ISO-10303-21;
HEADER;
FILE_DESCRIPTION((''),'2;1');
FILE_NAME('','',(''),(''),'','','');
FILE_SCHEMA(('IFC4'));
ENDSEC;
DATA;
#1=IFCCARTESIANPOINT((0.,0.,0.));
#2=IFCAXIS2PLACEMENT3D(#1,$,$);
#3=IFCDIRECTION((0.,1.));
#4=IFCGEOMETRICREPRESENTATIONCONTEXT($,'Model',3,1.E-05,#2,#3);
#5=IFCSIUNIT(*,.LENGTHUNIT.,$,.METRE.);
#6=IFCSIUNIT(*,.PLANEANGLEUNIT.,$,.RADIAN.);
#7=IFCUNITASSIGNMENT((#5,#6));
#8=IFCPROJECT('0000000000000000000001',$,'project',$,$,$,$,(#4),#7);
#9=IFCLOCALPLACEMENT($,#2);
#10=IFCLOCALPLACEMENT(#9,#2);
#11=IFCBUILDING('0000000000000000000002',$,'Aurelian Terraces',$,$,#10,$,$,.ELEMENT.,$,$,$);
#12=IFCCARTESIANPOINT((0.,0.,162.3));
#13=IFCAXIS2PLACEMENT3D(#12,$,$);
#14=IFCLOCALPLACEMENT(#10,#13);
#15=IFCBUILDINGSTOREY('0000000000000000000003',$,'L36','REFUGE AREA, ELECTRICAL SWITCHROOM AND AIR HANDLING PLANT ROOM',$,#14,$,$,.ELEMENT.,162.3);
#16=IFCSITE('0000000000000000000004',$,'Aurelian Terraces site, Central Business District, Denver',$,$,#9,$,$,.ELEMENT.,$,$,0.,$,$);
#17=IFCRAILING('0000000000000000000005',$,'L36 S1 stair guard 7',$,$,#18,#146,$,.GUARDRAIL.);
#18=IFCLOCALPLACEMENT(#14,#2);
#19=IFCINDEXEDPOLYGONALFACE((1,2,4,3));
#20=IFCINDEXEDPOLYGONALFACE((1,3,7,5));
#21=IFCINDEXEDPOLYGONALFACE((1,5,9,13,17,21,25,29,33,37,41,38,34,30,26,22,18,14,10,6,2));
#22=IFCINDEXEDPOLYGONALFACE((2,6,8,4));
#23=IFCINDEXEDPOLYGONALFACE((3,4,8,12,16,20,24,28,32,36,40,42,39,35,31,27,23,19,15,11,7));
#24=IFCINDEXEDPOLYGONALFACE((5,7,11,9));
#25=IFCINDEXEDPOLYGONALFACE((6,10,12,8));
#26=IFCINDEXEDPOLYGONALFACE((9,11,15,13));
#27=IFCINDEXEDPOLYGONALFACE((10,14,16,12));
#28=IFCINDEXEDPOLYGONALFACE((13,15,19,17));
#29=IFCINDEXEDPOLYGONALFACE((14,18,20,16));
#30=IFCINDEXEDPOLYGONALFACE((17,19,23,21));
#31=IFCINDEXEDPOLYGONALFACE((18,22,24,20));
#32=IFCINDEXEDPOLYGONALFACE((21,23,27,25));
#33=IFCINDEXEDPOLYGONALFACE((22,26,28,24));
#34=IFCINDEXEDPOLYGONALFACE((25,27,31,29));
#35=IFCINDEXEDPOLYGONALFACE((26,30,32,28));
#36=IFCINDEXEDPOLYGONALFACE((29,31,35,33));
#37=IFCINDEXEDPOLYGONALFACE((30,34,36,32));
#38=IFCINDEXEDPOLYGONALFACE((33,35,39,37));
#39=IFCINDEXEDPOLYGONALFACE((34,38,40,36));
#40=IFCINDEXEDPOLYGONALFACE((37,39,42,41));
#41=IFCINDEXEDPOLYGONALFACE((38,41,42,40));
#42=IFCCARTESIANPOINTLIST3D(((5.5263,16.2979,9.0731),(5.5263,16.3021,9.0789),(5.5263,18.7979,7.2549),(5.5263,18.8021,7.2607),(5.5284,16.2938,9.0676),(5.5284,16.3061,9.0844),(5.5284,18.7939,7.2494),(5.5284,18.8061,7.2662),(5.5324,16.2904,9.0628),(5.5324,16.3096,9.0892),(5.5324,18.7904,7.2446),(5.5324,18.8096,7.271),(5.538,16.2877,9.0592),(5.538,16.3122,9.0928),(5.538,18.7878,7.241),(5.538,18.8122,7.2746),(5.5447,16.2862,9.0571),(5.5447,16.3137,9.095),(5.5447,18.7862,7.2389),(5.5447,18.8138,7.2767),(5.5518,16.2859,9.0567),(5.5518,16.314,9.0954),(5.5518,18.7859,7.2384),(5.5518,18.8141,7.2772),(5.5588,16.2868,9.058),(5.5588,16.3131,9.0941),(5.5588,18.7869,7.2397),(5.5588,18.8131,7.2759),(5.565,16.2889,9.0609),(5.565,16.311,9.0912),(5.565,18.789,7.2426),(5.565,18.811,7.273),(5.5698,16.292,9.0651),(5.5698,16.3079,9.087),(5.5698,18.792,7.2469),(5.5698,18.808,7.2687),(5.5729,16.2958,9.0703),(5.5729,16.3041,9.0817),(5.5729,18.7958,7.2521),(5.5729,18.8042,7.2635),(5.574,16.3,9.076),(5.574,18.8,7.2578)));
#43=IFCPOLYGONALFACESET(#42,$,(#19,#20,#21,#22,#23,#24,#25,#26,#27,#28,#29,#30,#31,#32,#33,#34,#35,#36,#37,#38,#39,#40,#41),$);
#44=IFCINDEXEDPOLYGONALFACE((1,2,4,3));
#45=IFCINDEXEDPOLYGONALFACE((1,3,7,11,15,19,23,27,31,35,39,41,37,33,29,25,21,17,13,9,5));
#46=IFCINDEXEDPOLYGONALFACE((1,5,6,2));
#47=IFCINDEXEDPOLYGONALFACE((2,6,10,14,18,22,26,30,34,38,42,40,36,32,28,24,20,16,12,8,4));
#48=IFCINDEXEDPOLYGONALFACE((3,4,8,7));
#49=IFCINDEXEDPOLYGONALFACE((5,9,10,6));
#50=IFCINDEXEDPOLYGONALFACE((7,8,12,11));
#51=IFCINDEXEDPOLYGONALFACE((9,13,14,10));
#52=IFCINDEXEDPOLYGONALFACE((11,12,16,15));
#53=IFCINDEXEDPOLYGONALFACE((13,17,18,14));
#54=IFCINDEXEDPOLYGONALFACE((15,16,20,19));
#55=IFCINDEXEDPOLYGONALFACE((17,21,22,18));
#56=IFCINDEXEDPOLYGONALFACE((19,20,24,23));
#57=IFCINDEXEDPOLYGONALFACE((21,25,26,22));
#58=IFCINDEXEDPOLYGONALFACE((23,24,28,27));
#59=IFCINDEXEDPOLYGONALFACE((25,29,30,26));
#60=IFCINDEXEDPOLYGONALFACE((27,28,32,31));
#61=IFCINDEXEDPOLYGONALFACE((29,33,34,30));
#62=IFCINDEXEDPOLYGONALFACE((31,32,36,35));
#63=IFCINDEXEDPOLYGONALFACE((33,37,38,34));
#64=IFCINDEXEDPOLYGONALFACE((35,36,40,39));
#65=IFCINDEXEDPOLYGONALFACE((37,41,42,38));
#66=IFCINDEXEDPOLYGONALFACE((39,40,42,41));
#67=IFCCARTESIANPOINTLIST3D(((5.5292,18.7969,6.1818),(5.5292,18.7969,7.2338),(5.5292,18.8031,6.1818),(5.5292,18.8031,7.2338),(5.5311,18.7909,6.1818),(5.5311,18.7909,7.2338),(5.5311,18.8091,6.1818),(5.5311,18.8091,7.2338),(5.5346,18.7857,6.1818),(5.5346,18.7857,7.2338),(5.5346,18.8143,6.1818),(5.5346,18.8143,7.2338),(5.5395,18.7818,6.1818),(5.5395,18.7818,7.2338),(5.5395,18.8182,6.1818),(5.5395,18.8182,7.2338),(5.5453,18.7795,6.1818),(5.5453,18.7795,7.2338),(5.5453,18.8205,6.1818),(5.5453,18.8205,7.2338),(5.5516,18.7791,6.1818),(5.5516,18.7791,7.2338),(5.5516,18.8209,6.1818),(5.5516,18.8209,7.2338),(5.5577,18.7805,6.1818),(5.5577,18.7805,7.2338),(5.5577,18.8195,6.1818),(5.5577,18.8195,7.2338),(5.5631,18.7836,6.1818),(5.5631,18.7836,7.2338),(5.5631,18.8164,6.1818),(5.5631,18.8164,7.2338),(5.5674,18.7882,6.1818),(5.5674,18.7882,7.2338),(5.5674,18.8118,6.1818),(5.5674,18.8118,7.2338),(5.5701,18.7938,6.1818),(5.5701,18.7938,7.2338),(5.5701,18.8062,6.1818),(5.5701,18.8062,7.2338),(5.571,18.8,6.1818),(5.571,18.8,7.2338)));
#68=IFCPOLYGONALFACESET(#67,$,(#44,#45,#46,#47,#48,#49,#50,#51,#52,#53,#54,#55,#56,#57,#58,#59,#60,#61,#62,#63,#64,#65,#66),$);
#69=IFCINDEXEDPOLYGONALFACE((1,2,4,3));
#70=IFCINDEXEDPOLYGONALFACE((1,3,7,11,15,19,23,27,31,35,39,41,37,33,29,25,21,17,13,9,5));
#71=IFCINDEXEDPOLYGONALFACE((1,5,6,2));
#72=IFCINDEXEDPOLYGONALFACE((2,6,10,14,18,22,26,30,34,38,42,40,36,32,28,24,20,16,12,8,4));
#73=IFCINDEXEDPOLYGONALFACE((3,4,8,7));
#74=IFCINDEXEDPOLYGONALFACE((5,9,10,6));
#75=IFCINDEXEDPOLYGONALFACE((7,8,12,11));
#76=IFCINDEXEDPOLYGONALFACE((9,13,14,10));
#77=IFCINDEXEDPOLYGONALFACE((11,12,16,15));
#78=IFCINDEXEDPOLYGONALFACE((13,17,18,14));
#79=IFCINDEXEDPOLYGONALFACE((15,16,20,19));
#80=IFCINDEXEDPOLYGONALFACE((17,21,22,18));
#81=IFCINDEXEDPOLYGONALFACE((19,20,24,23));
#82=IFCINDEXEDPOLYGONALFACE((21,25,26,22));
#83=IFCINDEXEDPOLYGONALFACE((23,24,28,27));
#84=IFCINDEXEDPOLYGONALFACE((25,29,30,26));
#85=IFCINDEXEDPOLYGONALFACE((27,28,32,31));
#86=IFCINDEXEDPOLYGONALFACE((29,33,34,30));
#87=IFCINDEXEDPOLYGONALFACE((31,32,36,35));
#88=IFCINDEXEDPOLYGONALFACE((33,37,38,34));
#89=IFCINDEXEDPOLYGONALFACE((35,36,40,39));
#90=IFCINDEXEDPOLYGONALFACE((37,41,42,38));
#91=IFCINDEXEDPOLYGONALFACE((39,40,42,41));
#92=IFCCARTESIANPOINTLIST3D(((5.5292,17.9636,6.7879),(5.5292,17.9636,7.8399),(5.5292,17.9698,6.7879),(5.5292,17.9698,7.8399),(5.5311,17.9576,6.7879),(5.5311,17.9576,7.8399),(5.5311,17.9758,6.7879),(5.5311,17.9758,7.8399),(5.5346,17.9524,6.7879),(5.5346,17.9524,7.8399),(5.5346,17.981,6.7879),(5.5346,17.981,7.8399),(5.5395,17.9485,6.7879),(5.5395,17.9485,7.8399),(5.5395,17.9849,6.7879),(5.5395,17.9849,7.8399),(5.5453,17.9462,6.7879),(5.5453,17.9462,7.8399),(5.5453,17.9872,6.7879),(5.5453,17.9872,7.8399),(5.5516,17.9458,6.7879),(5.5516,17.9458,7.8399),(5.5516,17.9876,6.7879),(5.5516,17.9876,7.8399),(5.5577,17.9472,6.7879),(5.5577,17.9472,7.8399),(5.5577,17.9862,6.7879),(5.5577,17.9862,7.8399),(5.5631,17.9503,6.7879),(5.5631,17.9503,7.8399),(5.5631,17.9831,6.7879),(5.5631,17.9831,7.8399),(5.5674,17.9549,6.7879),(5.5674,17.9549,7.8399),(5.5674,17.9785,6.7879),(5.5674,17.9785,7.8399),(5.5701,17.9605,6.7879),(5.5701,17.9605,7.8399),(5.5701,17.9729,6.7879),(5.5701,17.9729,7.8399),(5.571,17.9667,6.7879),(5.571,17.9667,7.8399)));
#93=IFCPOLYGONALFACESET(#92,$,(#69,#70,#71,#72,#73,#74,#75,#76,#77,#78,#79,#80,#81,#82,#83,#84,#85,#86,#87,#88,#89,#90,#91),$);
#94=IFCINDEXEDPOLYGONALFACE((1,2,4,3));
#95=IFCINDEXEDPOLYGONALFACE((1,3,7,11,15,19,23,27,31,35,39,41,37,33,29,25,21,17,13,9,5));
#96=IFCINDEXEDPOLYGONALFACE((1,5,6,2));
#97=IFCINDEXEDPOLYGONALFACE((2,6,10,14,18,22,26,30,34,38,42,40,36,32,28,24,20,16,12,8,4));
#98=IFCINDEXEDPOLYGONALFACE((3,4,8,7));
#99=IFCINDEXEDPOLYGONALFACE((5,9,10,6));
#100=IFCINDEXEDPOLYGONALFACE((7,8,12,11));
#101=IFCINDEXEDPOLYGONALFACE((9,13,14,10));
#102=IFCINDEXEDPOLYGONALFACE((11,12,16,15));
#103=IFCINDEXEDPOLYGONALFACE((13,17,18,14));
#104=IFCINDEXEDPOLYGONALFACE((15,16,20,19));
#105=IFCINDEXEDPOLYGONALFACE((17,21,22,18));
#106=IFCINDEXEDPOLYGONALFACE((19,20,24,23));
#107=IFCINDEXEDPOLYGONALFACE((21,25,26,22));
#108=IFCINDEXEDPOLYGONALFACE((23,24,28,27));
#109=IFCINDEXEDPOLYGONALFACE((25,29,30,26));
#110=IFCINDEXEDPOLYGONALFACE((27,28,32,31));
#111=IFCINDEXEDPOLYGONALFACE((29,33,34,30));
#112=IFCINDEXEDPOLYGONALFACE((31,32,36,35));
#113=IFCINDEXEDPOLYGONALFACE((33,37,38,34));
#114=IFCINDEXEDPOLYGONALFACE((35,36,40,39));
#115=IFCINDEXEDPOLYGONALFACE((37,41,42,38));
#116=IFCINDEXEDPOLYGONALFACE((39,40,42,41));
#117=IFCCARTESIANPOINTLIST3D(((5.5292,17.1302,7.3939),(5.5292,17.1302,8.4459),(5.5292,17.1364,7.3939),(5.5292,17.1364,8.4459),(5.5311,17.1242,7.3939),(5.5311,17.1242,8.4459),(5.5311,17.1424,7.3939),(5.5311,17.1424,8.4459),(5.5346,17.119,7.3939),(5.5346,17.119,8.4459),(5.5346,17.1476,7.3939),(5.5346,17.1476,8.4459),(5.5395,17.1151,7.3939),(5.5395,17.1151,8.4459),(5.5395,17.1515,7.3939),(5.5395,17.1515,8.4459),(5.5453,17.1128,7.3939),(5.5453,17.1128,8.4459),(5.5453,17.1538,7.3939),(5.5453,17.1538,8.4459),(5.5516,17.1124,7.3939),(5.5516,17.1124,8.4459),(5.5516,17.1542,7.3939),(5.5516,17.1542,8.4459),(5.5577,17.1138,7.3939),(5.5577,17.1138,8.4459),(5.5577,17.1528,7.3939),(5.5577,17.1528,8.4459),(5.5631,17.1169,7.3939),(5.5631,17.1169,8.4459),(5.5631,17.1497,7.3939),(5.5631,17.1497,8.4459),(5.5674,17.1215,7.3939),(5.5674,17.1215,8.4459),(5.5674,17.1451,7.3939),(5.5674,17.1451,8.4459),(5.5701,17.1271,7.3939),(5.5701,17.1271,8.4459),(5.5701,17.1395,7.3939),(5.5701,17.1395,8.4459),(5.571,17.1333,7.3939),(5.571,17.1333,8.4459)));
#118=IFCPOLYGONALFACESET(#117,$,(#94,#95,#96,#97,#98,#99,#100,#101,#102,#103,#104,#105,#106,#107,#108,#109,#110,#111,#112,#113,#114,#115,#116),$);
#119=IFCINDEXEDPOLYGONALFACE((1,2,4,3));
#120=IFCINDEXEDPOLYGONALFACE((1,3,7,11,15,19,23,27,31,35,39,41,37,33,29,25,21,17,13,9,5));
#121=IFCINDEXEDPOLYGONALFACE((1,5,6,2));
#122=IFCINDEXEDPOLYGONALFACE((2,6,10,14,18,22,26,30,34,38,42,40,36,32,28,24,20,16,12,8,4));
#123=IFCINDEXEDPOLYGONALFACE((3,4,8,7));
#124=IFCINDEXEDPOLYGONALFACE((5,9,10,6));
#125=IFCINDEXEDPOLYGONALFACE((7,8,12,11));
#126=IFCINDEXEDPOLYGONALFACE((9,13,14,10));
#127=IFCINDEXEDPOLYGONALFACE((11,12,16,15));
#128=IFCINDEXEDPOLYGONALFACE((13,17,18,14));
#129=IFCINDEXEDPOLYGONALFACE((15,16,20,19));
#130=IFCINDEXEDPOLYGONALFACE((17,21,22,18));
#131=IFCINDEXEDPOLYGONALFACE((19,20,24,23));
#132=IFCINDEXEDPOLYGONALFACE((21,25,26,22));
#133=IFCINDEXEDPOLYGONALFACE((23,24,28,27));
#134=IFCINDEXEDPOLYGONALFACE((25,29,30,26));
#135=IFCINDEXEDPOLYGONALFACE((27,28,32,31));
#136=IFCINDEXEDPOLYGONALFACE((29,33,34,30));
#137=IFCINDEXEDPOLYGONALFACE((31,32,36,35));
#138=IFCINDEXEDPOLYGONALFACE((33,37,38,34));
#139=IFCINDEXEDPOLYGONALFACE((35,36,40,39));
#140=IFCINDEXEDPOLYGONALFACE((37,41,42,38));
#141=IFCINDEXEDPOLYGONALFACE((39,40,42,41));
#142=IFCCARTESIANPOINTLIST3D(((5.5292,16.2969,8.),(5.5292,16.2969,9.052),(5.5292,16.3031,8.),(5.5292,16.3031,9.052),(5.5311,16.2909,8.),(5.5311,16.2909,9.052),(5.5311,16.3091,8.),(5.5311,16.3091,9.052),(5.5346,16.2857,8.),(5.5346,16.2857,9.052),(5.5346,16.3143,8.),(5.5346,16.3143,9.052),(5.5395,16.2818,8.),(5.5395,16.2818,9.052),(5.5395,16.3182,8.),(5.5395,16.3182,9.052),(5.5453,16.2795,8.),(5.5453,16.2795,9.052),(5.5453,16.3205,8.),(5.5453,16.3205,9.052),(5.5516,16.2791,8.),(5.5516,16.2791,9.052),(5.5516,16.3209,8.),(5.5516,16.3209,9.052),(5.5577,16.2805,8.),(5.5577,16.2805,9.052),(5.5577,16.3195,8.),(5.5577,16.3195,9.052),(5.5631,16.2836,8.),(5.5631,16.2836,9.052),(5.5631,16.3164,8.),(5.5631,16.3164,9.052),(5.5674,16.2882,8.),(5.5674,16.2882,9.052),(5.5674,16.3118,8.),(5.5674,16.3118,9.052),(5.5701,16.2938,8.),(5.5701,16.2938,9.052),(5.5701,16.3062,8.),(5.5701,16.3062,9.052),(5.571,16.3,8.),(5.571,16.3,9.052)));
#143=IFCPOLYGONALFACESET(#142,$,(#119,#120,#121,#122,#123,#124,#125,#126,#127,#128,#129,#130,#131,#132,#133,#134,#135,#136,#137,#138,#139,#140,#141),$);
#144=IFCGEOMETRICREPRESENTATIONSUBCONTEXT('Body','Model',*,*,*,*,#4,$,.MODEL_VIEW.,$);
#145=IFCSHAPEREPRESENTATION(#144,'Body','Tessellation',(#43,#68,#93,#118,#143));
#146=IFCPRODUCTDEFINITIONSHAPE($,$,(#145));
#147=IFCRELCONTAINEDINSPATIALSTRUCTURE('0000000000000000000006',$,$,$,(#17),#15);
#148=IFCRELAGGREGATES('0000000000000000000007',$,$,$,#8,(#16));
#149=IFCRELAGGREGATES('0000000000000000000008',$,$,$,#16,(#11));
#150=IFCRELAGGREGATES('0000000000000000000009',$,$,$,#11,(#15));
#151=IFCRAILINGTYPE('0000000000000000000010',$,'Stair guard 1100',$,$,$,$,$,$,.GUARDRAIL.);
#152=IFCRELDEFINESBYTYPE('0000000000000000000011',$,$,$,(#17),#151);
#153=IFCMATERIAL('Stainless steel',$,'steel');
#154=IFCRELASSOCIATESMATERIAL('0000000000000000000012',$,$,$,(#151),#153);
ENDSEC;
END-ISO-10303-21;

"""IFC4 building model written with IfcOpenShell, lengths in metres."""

from ifc_helpers import new_model, si_unit, direction, frame, origin, origin_2d, place, context, subcontext, project, spatial, circle, extrude, source, transform, mapped, material, type_object, element, save


model = new_model("IFC4")

# Units and contexts
model_context = context("Model", 3, precision=1e-05, world=origin(), true_north=direction((0.0, 1.0)))
body_context = subcontext(model_context, "Body", "Model", "MODEL_VIEW")
ifc_project = project(units=[si_unit("LENGTHUNIT", "METRE"), si_unit("PLANEANGLEUNIT", "RADIAN")], contexts=[model_context])

# Site, building, storey
site_placement = place(None, origin())
site = spatial("IfcSite", under=ifc_project, at=site_placement, Name="Aurelian Terraces site, Central Business District, Denver", CompositionType="ELEMENT", RefElevation=0.0)
building_placement = place(site_placement, origin())
building = spatial("IfcBuilding", under=site, at=building_placement, Name="Aurelian Terraces", CompositionType="ELEMENT")
storey_placement = place(building_placement, frame((0.0, 0.0, 162.3)))
storey = spatial("IfcBuildingStorey", under=building, at=storey_placement, Name="L36", Description="REFUGE AREA, ELECTRICAL SWITCHROOM AND AIR HANDLING PLANT ROOM", CompositionType="ELEMENT", Elevation=162.3)

# Shared definitions
ifc_material_1 = material(Name="Stainless steel", Category="steel")

# Railing
railing_type_1 = type_object("IfcRailingType", Name="Stair guard 1100", PredefinedType="GUARDRAIL", material=ifc_material_1)
shared_shape_1 = source(origin(), body_context, "Body", "SweptSolid", [
    extrude(circle(Radius=0.024, at=origin_2d()), frame((0.0, 0.0, 1.076), z_axis=(0.0, -0.808733, 0.588176), x_axis=(1.0, 0.0, 0.0)), (0.0, 0.0, 1.0), 3.0913),
    extrude(circle(Radius=0.021, at=origin_2d()), origin(), (0.0, 0.0, 1.0), 1.052),
    extrude(circle(Radius=0.021, at=origin_2d()), frame((0.0, -0.8333, 0.6061)), (0.0, 0.0, 1.0), 1.052),
    extrude(circle(Radius=0.021, at=origin_2d()), frame((0.0, -1.6667, 1.2121)), (0.0, 0.0, 1.0), 1.052),
    extrude(circle(Radius=0.021, at=origin_2d()), frame((0.0, -2.5, 1.8182)), (0.0, 0.0, 1.0), 1.052),
])
railing_1_placement = place(storey_placement, frame((5.55, 18.8, 6.1818)))
element("IfcRailing", 1, at=railing_1_placement, inside=storey, type_object=railing_type_1, Name="L36 S1 stair guard 7", PredefinedType="GUARDRAIL", context=body_context, shape_type="MappedRepresentation", body=[
    mapped(shared_shape_1, transform((0.0, 0.0, 0.0), scale=1.0)),
])

save(model, "model.ifc")
